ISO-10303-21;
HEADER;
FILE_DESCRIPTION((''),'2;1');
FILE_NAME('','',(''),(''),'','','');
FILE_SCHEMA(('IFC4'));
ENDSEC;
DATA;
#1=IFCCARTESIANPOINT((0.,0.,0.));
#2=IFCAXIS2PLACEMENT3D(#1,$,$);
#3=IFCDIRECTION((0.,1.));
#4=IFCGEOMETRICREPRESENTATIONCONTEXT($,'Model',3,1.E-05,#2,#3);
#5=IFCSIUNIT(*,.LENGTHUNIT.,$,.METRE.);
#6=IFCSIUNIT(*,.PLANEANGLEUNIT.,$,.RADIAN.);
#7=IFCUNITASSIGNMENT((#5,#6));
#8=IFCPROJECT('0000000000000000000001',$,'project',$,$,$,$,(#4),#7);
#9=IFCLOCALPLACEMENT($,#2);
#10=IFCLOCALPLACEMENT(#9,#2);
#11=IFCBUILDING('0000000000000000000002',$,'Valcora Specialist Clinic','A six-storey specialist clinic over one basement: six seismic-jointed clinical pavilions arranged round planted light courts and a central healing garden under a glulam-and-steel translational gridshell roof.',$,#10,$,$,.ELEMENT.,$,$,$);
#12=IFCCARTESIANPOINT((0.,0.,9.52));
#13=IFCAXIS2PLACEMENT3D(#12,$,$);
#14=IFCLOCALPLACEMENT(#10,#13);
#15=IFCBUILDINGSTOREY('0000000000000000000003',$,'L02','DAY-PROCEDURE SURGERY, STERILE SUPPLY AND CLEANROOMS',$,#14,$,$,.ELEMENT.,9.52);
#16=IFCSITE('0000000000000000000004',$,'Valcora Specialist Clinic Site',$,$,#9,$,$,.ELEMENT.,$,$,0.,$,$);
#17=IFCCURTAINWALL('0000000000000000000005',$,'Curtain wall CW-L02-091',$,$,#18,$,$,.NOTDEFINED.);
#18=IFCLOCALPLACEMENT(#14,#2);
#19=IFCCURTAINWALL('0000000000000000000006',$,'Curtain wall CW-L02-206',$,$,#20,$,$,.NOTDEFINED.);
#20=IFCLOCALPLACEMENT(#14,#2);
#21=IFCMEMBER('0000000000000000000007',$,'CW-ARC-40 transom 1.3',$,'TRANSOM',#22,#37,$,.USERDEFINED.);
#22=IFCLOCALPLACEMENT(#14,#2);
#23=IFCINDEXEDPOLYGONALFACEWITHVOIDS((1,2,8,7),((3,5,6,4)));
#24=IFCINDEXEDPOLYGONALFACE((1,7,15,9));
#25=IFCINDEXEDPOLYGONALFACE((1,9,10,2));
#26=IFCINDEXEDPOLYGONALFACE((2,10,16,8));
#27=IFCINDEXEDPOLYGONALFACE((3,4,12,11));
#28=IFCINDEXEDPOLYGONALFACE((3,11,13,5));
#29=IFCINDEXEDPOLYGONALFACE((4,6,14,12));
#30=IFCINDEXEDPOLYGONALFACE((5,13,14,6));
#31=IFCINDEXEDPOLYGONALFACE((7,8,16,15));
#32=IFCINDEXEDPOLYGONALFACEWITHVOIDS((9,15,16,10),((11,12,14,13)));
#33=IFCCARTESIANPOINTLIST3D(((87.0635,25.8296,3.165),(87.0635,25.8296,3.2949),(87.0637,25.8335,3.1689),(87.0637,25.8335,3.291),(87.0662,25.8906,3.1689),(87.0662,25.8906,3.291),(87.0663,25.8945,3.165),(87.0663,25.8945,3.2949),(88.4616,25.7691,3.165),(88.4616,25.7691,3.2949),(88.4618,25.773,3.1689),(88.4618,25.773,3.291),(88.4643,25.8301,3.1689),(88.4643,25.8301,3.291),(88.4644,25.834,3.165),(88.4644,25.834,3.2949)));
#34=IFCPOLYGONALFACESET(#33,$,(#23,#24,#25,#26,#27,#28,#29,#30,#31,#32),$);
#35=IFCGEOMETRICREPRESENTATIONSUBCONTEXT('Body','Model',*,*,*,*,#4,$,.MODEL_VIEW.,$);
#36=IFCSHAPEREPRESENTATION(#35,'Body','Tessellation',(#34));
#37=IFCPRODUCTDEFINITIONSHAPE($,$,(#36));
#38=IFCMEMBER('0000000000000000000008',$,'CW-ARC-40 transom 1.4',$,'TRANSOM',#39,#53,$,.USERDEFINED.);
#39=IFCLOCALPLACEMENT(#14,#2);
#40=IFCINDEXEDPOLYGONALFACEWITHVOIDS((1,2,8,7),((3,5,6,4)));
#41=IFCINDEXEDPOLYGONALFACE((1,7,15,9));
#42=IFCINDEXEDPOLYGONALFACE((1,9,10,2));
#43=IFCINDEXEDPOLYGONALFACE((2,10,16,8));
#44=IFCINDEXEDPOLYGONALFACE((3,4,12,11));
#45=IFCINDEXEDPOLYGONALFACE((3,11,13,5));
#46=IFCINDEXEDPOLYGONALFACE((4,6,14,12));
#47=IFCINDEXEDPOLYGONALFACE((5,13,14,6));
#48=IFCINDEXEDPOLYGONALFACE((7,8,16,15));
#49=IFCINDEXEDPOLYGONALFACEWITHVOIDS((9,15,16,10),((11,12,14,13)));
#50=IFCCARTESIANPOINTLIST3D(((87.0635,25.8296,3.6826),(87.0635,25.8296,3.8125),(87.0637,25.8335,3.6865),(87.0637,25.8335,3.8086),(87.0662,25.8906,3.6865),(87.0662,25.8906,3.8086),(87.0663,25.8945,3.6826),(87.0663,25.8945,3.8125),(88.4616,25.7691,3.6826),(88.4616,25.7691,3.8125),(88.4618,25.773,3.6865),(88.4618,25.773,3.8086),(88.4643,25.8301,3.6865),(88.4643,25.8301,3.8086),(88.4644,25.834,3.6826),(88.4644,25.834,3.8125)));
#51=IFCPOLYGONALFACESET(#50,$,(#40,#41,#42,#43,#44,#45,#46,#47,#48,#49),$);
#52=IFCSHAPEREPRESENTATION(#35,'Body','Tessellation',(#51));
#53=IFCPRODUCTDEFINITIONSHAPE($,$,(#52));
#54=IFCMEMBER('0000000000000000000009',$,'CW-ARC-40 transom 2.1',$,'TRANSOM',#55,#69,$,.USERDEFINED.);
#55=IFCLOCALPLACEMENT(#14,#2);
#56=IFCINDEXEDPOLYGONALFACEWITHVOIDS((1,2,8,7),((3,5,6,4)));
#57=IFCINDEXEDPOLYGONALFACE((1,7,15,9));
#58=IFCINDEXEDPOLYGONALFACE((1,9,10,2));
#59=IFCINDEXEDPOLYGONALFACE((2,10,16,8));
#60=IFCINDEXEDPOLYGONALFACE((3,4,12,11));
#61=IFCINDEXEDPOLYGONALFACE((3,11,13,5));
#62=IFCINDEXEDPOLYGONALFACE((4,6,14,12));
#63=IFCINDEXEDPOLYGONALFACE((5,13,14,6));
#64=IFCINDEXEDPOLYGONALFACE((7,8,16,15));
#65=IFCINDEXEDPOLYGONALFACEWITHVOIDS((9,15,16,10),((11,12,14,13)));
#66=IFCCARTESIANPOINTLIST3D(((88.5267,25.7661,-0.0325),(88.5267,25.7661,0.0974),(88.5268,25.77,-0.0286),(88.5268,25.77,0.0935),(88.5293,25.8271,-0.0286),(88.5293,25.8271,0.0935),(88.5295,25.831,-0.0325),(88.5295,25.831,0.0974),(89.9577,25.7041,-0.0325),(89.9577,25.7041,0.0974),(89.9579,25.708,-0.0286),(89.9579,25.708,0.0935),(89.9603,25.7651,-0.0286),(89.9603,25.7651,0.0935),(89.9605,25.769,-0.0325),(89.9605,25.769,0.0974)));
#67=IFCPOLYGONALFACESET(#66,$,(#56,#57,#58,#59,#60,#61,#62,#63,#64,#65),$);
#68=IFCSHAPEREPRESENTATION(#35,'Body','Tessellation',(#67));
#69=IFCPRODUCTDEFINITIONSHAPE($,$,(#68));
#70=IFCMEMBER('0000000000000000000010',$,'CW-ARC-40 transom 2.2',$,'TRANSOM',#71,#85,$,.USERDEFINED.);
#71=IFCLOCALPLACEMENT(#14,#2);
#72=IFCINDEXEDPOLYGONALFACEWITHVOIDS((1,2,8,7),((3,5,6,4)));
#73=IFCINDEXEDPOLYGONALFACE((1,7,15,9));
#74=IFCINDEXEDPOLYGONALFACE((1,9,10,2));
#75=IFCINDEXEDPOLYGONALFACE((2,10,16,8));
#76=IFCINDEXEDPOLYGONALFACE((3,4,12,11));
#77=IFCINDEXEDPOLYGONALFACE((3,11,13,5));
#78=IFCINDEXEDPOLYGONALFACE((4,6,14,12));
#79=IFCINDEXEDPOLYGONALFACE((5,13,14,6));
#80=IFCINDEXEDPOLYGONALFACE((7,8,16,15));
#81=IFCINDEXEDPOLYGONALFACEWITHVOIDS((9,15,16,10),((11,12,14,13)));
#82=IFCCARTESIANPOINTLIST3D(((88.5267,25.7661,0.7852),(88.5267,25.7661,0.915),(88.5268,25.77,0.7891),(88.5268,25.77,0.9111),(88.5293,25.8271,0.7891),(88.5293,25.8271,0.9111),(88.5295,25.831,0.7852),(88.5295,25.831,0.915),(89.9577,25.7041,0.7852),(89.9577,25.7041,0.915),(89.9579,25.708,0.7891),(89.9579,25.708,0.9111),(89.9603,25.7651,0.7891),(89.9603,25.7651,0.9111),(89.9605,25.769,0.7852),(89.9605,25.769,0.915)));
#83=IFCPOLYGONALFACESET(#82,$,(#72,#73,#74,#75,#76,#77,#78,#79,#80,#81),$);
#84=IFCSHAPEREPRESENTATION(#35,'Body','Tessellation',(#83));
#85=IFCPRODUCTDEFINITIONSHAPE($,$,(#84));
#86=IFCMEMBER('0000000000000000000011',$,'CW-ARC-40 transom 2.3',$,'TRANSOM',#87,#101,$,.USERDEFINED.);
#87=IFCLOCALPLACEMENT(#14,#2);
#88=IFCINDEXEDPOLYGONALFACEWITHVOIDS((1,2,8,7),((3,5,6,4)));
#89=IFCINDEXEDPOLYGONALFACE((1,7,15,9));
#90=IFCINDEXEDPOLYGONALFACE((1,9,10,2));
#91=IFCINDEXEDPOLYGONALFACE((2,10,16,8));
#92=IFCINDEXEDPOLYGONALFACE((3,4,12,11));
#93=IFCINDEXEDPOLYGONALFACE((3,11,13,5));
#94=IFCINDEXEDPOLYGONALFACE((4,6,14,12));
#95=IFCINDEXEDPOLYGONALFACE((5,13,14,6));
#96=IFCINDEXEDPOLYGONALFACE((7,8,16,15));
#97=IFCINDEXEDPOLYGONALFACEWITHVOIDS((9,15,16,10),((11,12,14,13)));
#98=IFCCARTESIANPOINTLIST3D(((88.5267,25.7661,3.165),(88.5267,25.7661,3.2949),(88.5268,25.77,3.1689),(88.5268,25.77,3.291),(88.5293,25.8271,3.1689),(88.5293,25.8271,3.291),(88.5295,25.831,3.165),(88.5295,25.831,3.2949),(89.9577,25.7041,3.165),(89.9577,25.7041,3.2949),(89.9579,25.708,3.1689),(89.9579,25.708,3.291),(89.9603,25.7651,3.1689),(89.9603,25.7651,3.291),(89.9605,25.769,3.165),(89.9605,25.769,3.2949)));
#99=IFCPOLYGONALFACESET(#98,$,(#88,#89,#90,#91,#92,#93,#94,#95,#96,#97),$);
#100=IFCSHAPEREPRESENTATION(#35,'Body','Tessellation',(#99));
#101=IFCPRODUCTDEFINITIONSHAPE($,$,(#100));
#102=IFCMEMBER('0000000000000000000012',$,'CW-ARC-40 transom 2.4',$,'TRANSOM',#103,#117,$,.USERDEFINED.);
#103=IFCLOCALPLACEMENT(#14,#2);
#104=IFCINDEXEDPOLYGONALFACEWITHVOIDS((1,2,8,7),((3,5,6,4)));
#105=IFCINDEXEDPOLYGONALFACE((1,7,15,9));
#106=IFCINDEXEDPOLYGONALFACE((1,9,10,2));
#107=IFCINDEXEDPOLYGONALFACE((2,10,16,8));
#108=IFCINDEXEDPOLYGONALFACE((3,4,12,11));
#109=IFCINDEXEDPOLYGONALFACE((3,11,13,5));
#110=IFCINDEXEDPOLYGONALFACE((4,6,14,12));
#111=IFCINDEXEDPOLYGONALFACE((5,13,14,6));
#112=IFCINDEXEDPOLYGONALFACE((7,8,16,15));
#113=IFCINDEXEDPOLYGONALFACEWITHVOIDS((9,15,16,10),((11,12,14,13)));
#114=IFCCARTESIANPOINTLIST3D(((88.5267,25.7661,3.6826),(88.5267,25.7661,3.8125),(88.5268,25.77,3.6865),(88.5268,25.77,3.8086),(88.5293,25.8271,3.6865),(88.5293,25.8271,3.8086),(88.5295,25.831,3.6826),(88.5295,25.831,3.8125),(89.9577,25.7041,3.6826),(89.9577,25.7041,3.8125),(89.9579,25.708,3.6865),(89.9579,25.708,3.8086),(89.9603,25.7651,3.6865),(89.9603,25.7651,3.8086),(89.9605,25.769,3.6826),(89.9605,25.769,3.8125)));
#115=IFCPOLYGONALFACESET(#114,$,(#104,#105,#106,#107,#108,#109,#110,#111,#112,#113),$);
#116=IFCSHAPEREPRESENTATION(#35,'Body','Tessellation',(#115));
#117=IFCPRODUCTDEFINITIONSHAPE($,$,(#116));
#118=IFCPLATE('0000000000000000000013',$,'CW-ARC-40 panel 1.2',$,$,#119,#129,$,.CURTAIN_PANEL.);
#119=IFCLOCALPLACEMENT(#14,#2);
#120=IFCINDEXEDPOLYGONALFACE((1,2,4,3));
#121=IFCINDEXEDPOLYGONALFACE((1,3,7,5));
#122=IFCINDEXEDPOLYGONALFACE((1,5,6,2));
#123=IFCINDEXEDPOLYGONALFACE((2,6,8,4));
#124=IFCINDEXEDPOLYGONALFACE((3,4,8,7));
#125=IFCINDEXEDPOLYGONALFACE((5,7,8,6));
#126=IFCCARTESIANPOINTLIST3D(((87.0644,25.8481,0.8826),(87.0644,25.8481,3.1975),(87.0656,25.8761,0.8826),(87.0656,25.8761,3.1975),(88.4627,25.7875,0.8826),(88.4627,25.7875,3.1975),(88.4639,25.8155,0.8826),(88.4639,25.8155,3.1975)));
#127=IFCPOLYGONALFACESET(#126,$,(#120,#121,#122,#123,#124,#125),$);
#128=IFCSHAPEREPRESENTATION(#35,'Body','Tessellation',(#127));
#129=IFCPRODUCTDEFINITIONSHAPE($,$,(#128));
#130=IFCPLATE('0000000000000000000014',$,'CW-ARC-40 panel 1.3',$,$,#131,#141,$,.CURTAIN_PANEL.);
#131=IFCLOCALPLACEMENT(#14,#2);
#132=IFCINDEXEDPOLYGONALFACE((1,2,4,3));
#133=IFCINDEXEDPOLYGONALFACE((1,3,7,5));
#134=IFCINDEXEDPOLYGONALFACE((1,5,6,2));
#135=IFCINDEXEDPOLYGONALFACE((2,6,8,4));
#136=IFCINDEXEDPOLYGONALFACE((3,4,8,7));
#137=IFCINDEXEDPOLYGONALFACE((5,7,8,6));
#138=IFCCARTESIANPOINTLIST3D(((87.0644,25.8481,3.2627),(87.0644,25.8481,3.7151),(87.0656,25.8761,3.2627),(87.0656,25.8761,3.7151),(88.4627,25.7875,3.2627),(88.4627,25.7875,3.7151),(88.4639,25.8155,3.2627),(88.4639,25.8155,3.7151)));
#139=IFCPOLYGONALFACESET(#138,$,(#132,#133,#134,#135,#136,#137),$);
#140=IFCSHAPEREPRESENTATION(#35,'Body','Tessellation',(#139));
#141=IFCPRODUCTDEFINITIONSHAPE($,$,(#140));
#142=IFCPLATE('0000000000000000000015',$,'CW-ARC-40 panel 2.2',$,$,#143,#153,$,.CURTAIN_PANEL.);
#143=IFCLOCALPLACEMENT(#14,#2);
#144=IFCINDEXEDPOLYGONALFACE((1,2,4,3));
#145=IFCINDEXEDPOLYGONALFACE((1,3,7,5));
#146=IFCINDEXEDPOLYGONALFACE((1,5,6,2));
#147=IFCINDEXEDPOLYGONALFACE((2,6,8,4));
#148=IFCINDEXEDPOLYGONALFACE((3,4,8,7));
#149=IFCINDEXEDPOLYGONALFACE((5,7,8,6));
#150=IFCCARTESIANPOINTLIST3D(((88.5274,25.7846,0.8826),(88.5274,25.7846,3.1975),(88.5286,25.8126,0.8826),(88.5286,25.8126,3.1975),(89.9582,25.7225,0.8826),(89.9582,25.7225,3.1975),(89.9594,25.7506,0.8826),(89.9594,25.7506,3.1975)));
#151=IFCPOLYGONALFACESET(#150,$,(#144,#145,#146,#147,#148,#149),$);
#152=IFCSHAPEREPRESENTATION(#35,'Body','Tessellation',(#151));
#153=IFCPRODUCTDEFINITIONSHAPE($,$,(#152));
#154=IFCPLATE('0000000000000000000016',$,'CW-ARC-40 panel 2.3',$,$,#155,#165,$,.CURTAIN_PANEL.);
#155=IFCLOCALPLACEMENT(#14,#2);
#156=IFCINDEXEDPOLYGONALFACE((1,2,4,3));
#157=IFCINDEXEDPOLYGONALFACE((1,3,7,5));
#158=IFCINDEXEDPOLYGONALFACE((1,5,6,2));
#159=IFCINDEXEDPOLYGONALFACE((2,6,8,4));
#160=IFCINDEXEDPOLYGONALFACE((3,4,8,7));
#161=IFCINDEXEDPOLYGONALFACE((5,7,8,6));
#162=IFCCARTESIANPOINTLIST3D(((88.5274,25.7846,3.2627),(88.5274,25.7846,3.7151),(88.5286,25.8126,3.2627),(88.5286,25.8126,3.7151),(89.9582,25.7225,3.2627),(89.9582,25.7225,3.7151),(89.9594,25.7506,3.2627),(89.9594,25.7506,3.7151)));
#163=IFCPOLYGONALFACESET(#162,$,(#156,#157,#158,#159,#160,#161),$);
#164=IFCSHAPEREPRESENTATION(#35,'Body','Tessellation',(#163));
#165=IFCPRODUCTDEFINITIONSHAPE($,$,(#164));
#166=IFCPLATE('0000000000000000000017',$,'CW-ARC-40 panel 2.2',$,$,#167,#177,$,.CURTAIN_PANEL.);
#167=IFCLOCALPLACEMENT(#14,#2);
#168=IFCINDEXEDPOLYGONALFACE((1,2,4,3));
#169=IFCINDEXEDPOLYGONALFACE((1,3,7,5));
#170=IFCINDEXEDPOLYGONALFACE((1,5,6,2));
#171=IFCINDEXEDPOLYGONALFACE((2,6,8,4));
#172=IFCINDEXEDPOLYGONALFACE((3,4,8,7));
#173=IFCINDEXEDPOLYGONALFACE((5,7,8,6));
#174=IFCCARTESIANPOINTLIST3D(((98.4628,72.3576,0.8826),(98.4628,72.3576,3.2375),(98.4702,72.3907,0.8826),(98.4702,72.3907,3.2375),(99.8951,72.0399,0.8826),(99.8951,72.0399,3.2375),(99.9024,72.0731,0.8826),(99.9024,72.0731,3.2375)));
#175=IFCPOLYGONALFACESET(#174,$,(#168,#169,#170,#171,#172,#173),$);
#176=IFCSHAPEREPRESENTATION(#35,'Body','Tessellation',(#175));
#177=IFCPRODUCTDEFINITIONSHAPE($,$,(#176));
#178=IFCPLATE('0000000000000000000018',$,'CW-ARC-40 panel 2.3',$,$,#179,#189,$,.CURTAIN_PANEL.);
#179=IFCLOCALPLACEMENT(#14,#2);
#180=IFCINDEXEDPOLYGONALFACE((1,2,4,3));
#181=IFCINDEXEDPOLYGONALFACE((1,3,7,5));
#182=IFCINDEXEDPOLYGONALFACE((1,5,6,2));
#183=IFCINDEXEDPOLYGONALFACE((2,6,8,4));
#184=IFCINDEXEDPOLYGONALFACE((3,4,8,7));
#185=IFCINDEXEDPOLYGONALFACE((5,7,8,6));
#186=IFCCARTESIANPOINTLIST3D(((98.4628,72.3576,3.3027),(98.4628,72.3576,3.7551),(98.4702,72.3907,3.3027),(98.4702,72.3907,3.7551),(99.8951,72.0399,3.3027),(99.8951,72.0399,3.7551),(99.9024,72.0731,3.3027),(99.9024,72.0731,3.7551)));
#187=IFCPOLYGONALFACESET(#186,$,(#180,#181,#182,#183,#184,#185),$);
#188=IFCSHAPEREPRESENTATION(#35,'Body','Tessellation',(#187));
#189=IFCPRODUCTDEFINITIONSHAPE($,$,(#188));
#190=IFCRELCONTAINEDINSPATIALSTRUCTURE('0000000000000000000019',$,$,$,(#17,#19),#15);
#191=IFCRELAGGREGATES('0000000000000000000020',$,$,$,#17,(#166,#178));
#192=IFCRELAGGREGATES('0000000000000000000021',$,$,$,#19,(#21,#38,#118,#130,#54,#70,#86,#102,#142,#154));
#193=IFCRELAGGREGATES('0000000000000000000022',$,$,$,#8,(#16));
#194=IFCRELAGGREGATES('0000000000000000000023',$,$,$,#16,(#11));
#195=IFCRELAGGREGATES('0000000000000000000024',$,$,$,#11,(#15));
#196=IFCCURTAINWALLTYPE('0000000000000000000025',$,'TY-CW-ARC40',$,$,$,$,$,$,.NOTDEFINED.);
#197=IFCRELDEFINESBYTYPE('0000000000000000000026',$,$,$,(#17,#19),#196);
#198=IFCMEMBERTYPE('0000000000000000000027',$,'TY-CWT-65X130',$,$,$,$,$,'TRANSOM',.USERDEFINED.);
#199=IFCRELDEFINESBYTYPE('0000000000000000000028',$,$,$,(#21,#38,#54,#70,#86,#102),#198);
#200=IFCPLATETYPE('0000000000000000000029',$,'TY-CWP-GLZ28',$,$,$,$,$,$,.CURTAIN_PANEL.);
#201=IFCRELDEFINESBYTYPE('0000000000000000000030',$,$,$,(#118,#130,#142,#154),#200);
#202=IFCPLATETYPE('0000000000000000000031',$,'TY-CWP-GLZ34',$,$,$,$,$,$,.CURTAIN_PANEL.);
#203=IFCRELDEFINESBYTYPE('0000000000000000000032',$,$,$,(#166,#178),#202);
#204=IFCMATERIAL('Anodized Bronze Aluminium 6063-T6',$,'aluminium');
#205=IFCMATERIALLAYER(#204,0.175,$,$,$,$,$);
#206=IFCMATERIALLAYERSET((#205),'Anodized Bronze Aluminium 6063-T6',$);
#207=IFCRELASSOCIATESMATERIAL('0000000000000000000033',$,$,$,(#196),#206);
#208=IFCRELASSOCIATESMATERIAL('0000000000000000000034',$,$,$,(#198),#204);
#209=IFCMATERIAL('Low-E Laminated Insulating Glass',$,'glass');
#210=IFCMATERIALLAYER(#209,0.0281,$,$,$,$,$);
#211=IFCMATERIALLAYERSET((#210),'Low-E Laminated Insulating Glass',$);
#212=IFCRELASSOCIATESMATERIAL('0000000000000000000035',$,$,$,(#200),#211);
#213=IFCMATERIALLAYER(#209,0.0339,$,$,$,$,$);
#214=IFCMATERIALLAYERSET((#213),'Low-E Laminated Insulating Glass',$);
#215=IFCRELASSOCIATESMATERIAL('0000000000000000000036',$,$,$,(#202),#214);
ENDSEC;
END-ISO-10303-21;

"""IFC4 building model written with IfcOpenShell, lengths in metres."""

from ifc_helpers import new_model, si_unit, direction, frame, origin, origin_2d, place, context, subcontext, project, spatial, rectangle, hollow_rectangle, extrude, material, layer, layer_set, material_profile, profile_set, type_object, element, aggregate, save


model = new_model("IFC4")

# Units and contexts
model_context = context("Model", 3, precision=1e-05, world=origin(), true_north=direction((0.0, 1.0)))
body_context = subcontext(model_context, "Body", "Model", "MODEL_VIEW")
ifc_project = project(units=[si_unit("LENGTHUNIT", "METRE"), si_unit("PLANEANGLEUNIT", "RADIAN")], contexts=[model_context])

# Site, building, storey
site_placement = place(None, origin())
site = spatial("IfcSite", under=ifc_project, at=site_placement, Name="Valcora Specialist Clinic Site", CompositionType="ELEMENT", RefElevation=0.0)
building_placement = place(site_placement, origin())
building = spatial("IfcBuilding", under=site, at=building_placement, Name="Valcora Specialist Clinic", Description="A six-storey specialist clinic over one basement: six seismic-jointed clinical pavilions arranged round planted light courts and a central healing garden under a glulam-and-steel translational gridshell roof.", CompositionType="ELEMENT")
storey_placement = place(building_placement, frame((0.0, 0.0, 9.52)))
storey = spatial("IfcBuildingStorey", under=building, at=storey_placement, Name="L02", Description="DAY-PROCEDURE SURGERY, STERILE SUPPLY AND CLEANROOMS", CompositionType="ELEMENT", Elevation=9.52)

# Curtain wall
ifc_material_1 = material(Name="Anodized Bronze Aluminium 6063-T6", Category="aluminium")
ifc_layer_1 = layer(ifc_material_1, 0.175)
ifc_layer_set_1 = layer_set([ifc_layer_1], Name="Anodized Bronze Aluminium 6063-T6")
curtain_wall_type = type_object("IfcCurtainWallType", Name="TY-CW-ARC40", PredefinedType="NOTDEFINED", material=ifc_layer_set_1)
curtain_wall_1_placement = place(storey_placement, origin())
curtain_wall_1 = element("IfcCurtainWall", 1, at=curtain_wall_1_placement, inside=storey, type_object=curtain_wall_type, Name="Curtain wall CW-L02-091", PredefinedType="NOTDEFINED")

# Curtain wall
curtain_wall_2_placement = place(storey_placement, origin())
curtain_wall_2 = element("IfcCurtainWall", 2, at=curtain_wall_2_placement, inside=storey, type_object=curtain_wall_type, Name="Curtain wall CW-L02-206", PredefinedType="NOTDEFINED")

# Members
ifc_material_profile_1 = material_profile(ifc_material_1, hollow_rectangle(XDim=0.0649, YDim=0.1299, WallThickness=0.0039, at=origin_2d()), Name="AL-TRN-65X130")
ifc_profile_set_1 = profile_set([ifc_material_profile_1], Name="Anodized Bronze Aluminium 6063-T6")
member_type_1 = type_object("IfcMemberType", Name="TY-CWT-65X130", ElementType="TRANSOM", PredefinedType="USERDEFINED", material=ifc_profile_set_1)
member_1_placement = place(storey_placement, frame((87.0649, 25.8621, 3.23), z_axis=(0.999064, -0.043263, 0.0), x_axis=(0.043263, 0.999064, 0.0)))
member_1 = element("IfcMember", 3, at=member_1_placement, type_object=member_type_1, Name="CW-ARC-40 transom 1.3", ObjectType="TRANSOM", PredefinedType="USERDEFINED", context=body_context, shape_type="SweptSolid", body=[
    extrude(hollow_rectangle(XDim=0.0649, YDim=0.1299, WallThickness=0.0039, at=origin_2d()), origin(), (0.0, 0.0, 1.0), 1.3994),
])
member_2_placement = place(storey_placement, frame((87.0649, 25.8621, 3.7476), z_axis=(0.999064, -0.043263, 0.0), x_axis=(0.043263, 0.999064, 0.0)))
member_2 = element("IfcMember", 4, at=member_2_placement, type_object=member_type_1, Name="CW-ARC-40 transom 1.4", ObjectType="TRANSOM", PredefinedType="USERDEFINED", context=body_context, shape_type="SweptSolid", body=[
    extrude(hollow_rectangle(XDim=0.0649, YDim=0.1299, WallThickness=0.0039, at=origin_2d()), origin(), (0.0, 0.0, 1.0), 1.3994),
])
member_3_placement = place(storey_placement, frame((88.5281, 25.7986, 0.0325), z_axis=(0.999062, -0.043297, 0.0), x_axis=(0.043297, 0.999062, 0.0)))
member_3 = element("IfcMember", 5, at=member_3_placement, type_object=member_type_1, Name="CW-ARC-40 transom 2.1", ObjectType="TRANSOM", PredefinedType="USERDEFINED", context=body_context, shape_type="SweptSolid", body=[
    extrude(hollow_rectangle(XDim=0.0649, YDim=0.1299, WallThickness=0.0039, at=origin_2d()), origin(), (0.0, 0.0, 1.0), 1.4324),
])
member_4_placement = place(storey_placement, frame((88.5281, 25.7986, 0.8501), z_axis=(0.999062, -0.043297, 0.0), x_axis=(0.043297, 0.999062, 0.0)))
member_4 = element("IfcMember", 6, at=member_4_placement, type_object=member_type_1, Name="CW-ARC-40 transom 2.2", ObjectType="TRANSOM", PredefinedType="USERDEFINED", context=body_context, shape_type="SweptSolid", body=[
    extrude(hollow_rectangle(XDim=0.0649, YDim=0.1299, WallThickness=0.0039, at=origin_2d()), origin(), (0.0, 0.0, 1.0), 1.4324),
])
member_5_placement = place(storey_placement, frame((88.5281, 25.7986, 3.23), z_axis=(0.999062, -0.043297, 0.0), x_axis=(0.043297, 0.999062, 0.0)))
member_5 = element("IfcMember", 7, at=member_5_placement, type_object=member_type_1, Name="CW-ARC-40 transom 2.3", ObjectType="TRANSOM", PredefinedType="USERDEFINED", context=body_context, shape_type="SweptSolid", body=[
    extrude(hollow_rectangle(XDim=0.0649, YDim=0.1299, WallThickness=0.0039, at=origin_2d()), origin(), (0.0, 0.0, 1.0), 1.4324),
])
member_6_placement = place(storey_placement, frame((88.5281, 25.7986, 3.7476), z_axis=(0.999062, -0.043297, 0.0), x_axis=(0.043297, 0.999062, 0.0)))
member_6 = element("IfcMember", 8, at=member_6_placement, type_object=member_type_1, Name="CW-ARC-40 transom 2.4", ObjectType="TRANSOM", PredefinedType="USERDEFINED", context=body_context, shape_type="SweptSolid", body=[
    extrude(hollow_rectangle(XDim=0.0649, YDim=0.1299, WallThickness=0.0039, at=origin_2d()), origin(), (0.0, 0.0, 1.0), 1.4324),
])

# Plates
ifc_material_2 = material(Name="Low-E Laminated Insulating Glass", Category="glass")
ifc_layer_2 = layer(ifc_material_2, 0.0281)
ifc_layer_set_2 = layer_set([ifc_layer_2], Name="Low-E Laminated Insulating Glass")
plate_type_1 = type_object("IfcPlateType", Name="TY-CWP-GLZ28", PredefinedType="CURTAIN_PANEL", material=ifc_layer_set_2)
plate_1_placement = place(storey_placement, frame((87.7642, 25.8318, 0.8826), z_axis=(0.0, 0.0, 1.0), x_axis=(0.999062, -0.043307, 0.0)))
plate_1 = element("IfcPlate", 9, at=plate_1_placement, type_object=plate_type_1, Name="CW-ARC-40 panel 1.2", PredefinedType="CURTAIN_PANEL", context=body_context, shape_type="SweptSolid", body=[
    extrude(rectangle(XDim=1.3997, YDim=0.0281, at=origin_2d()), origin(), (0.0, 0.0, 1.0), 2.3149),
])
plate_2_placement = place(storey_placement, frame((87.7642, 25.8318, 3.2627), z_axis=(0.0, 0.0, 1.0), x_axis=(0.999062, -0.043307, 0.0)))
plate_2 = element("IfcPlate", 10, at=plate_2_placement, type_object=plate_type_1, Name="CW-ARC-40 panel 1.3", PredefinedType="CURTAIN_PANEL", context=body_context, shape_type="SweptSolid", body=[
    extrude(rectangle(XDim=1.3997, YDim=0.0281, at=origin_2d()), origin(), (0.0, 0.0, 1.0), 0.4524),
])
plate_3_placement = place(storey_placement, frame((89.2434, 25.7676, 0.8826), z_axis=(0.0, 0.0, 1.0), x_axis=(0.999062, -0.043307, 0.0)))
plate_3 = element("IfcPlate", 11, at=plate_3_placement, type_object=plate_type_1, Name="CW-ARC-40 panel 2.2", PredefinedType="CURTAIN_PANEL", context=body_context, shape_type="SweptSolid", body=[
    extrude(rectangle(XDim=1.4321, YDim=0.0281, at=origin_2d()), origin(), (0.0, 0.0, 1.0), 2.3149),
])
plate_4_placement = place(storey_placement, frame((89.2434, 25.7676, 3.2627), z_axis=(0.0, 0.0, 1.0), x_axis=(0.999062, -0.043307, 0.0)))
plate_4 = element("IfcPlate", 12, at=plate_4_placement, type_object=plate_type_1, Name="CW-ARC-40 panel 2.3", PredefinedType="CURTAIN_PANEL", context=body_context, shape_type="SweptSolid", body=[
    extrude(rectangle(XDim=1.4321, YDim=0.0281, at=origin_2d()), origin(), (0.0, 0.0, 1.0), 0.4524),
])
ifc_layer_3 = layer(ifc_material_2, 0.0339)
ifc_layer_set_3 = layer_set([ifc_layer_3], Name="Low-E Laminated Insulating Glass")
plate_type_2 = type_object("IfcPlateType", Name="TY-CWP-GLZ34", PredefinedType="CURTAIN_PANEL", material=ifc_layer_set_3)
plate_5_placement = place(storey_placement, frame((99.1826, 72.2153, 0.8826), z_axis=(0.0, 0.0, 1.0), x_axis=(-0.976279, 0.216518, 0.0)))
plate_5 = element("IfcPlate", 13, at=plate_5_placement, type_object=plate_type_2, Name="CW-ARC-40 panel 2.2", PredefinedType="CURTAIN_PANEL", context=body_context, shape_type="SweptSolid", body=[
    extrude(rectangle(XDim=1.467, YDim=0.0339, at=origin_2d()), origin(), (0.0, 0.0, 1.0), 2.355),
])
plate_6_placement = place(storey_placement, frame((99.1826, 72.2153, 3.3027), z_axis=(0.0, 0.0, 1.0), x_axis=(-0.976279, 0.216518, 0.0)))
plate_6 = element("IfcPlate", 14, at=plate_6_placement, type_object=plate_type_2, Name="CW-ARC-40 panel 2.3", PredefinedType="CURTAIN_PANEL", context=body_context, shape_type="SweptSolid", body=[
    extrude(rectangle(XDim=1.467, YDim=0.0339, at=origin_2d()), origin(), (0.0, 0.0, 1.0), 0.4524),
])
aggregate(curtain_wall_1, [plate_5, plate_6])
aggregate(curtain_wall_2, [member_1, member_2, plate_1, plate_2, member_3, member_4, member_5, member_6, plate_3, plate_4])

save(model, "model.ifc")
